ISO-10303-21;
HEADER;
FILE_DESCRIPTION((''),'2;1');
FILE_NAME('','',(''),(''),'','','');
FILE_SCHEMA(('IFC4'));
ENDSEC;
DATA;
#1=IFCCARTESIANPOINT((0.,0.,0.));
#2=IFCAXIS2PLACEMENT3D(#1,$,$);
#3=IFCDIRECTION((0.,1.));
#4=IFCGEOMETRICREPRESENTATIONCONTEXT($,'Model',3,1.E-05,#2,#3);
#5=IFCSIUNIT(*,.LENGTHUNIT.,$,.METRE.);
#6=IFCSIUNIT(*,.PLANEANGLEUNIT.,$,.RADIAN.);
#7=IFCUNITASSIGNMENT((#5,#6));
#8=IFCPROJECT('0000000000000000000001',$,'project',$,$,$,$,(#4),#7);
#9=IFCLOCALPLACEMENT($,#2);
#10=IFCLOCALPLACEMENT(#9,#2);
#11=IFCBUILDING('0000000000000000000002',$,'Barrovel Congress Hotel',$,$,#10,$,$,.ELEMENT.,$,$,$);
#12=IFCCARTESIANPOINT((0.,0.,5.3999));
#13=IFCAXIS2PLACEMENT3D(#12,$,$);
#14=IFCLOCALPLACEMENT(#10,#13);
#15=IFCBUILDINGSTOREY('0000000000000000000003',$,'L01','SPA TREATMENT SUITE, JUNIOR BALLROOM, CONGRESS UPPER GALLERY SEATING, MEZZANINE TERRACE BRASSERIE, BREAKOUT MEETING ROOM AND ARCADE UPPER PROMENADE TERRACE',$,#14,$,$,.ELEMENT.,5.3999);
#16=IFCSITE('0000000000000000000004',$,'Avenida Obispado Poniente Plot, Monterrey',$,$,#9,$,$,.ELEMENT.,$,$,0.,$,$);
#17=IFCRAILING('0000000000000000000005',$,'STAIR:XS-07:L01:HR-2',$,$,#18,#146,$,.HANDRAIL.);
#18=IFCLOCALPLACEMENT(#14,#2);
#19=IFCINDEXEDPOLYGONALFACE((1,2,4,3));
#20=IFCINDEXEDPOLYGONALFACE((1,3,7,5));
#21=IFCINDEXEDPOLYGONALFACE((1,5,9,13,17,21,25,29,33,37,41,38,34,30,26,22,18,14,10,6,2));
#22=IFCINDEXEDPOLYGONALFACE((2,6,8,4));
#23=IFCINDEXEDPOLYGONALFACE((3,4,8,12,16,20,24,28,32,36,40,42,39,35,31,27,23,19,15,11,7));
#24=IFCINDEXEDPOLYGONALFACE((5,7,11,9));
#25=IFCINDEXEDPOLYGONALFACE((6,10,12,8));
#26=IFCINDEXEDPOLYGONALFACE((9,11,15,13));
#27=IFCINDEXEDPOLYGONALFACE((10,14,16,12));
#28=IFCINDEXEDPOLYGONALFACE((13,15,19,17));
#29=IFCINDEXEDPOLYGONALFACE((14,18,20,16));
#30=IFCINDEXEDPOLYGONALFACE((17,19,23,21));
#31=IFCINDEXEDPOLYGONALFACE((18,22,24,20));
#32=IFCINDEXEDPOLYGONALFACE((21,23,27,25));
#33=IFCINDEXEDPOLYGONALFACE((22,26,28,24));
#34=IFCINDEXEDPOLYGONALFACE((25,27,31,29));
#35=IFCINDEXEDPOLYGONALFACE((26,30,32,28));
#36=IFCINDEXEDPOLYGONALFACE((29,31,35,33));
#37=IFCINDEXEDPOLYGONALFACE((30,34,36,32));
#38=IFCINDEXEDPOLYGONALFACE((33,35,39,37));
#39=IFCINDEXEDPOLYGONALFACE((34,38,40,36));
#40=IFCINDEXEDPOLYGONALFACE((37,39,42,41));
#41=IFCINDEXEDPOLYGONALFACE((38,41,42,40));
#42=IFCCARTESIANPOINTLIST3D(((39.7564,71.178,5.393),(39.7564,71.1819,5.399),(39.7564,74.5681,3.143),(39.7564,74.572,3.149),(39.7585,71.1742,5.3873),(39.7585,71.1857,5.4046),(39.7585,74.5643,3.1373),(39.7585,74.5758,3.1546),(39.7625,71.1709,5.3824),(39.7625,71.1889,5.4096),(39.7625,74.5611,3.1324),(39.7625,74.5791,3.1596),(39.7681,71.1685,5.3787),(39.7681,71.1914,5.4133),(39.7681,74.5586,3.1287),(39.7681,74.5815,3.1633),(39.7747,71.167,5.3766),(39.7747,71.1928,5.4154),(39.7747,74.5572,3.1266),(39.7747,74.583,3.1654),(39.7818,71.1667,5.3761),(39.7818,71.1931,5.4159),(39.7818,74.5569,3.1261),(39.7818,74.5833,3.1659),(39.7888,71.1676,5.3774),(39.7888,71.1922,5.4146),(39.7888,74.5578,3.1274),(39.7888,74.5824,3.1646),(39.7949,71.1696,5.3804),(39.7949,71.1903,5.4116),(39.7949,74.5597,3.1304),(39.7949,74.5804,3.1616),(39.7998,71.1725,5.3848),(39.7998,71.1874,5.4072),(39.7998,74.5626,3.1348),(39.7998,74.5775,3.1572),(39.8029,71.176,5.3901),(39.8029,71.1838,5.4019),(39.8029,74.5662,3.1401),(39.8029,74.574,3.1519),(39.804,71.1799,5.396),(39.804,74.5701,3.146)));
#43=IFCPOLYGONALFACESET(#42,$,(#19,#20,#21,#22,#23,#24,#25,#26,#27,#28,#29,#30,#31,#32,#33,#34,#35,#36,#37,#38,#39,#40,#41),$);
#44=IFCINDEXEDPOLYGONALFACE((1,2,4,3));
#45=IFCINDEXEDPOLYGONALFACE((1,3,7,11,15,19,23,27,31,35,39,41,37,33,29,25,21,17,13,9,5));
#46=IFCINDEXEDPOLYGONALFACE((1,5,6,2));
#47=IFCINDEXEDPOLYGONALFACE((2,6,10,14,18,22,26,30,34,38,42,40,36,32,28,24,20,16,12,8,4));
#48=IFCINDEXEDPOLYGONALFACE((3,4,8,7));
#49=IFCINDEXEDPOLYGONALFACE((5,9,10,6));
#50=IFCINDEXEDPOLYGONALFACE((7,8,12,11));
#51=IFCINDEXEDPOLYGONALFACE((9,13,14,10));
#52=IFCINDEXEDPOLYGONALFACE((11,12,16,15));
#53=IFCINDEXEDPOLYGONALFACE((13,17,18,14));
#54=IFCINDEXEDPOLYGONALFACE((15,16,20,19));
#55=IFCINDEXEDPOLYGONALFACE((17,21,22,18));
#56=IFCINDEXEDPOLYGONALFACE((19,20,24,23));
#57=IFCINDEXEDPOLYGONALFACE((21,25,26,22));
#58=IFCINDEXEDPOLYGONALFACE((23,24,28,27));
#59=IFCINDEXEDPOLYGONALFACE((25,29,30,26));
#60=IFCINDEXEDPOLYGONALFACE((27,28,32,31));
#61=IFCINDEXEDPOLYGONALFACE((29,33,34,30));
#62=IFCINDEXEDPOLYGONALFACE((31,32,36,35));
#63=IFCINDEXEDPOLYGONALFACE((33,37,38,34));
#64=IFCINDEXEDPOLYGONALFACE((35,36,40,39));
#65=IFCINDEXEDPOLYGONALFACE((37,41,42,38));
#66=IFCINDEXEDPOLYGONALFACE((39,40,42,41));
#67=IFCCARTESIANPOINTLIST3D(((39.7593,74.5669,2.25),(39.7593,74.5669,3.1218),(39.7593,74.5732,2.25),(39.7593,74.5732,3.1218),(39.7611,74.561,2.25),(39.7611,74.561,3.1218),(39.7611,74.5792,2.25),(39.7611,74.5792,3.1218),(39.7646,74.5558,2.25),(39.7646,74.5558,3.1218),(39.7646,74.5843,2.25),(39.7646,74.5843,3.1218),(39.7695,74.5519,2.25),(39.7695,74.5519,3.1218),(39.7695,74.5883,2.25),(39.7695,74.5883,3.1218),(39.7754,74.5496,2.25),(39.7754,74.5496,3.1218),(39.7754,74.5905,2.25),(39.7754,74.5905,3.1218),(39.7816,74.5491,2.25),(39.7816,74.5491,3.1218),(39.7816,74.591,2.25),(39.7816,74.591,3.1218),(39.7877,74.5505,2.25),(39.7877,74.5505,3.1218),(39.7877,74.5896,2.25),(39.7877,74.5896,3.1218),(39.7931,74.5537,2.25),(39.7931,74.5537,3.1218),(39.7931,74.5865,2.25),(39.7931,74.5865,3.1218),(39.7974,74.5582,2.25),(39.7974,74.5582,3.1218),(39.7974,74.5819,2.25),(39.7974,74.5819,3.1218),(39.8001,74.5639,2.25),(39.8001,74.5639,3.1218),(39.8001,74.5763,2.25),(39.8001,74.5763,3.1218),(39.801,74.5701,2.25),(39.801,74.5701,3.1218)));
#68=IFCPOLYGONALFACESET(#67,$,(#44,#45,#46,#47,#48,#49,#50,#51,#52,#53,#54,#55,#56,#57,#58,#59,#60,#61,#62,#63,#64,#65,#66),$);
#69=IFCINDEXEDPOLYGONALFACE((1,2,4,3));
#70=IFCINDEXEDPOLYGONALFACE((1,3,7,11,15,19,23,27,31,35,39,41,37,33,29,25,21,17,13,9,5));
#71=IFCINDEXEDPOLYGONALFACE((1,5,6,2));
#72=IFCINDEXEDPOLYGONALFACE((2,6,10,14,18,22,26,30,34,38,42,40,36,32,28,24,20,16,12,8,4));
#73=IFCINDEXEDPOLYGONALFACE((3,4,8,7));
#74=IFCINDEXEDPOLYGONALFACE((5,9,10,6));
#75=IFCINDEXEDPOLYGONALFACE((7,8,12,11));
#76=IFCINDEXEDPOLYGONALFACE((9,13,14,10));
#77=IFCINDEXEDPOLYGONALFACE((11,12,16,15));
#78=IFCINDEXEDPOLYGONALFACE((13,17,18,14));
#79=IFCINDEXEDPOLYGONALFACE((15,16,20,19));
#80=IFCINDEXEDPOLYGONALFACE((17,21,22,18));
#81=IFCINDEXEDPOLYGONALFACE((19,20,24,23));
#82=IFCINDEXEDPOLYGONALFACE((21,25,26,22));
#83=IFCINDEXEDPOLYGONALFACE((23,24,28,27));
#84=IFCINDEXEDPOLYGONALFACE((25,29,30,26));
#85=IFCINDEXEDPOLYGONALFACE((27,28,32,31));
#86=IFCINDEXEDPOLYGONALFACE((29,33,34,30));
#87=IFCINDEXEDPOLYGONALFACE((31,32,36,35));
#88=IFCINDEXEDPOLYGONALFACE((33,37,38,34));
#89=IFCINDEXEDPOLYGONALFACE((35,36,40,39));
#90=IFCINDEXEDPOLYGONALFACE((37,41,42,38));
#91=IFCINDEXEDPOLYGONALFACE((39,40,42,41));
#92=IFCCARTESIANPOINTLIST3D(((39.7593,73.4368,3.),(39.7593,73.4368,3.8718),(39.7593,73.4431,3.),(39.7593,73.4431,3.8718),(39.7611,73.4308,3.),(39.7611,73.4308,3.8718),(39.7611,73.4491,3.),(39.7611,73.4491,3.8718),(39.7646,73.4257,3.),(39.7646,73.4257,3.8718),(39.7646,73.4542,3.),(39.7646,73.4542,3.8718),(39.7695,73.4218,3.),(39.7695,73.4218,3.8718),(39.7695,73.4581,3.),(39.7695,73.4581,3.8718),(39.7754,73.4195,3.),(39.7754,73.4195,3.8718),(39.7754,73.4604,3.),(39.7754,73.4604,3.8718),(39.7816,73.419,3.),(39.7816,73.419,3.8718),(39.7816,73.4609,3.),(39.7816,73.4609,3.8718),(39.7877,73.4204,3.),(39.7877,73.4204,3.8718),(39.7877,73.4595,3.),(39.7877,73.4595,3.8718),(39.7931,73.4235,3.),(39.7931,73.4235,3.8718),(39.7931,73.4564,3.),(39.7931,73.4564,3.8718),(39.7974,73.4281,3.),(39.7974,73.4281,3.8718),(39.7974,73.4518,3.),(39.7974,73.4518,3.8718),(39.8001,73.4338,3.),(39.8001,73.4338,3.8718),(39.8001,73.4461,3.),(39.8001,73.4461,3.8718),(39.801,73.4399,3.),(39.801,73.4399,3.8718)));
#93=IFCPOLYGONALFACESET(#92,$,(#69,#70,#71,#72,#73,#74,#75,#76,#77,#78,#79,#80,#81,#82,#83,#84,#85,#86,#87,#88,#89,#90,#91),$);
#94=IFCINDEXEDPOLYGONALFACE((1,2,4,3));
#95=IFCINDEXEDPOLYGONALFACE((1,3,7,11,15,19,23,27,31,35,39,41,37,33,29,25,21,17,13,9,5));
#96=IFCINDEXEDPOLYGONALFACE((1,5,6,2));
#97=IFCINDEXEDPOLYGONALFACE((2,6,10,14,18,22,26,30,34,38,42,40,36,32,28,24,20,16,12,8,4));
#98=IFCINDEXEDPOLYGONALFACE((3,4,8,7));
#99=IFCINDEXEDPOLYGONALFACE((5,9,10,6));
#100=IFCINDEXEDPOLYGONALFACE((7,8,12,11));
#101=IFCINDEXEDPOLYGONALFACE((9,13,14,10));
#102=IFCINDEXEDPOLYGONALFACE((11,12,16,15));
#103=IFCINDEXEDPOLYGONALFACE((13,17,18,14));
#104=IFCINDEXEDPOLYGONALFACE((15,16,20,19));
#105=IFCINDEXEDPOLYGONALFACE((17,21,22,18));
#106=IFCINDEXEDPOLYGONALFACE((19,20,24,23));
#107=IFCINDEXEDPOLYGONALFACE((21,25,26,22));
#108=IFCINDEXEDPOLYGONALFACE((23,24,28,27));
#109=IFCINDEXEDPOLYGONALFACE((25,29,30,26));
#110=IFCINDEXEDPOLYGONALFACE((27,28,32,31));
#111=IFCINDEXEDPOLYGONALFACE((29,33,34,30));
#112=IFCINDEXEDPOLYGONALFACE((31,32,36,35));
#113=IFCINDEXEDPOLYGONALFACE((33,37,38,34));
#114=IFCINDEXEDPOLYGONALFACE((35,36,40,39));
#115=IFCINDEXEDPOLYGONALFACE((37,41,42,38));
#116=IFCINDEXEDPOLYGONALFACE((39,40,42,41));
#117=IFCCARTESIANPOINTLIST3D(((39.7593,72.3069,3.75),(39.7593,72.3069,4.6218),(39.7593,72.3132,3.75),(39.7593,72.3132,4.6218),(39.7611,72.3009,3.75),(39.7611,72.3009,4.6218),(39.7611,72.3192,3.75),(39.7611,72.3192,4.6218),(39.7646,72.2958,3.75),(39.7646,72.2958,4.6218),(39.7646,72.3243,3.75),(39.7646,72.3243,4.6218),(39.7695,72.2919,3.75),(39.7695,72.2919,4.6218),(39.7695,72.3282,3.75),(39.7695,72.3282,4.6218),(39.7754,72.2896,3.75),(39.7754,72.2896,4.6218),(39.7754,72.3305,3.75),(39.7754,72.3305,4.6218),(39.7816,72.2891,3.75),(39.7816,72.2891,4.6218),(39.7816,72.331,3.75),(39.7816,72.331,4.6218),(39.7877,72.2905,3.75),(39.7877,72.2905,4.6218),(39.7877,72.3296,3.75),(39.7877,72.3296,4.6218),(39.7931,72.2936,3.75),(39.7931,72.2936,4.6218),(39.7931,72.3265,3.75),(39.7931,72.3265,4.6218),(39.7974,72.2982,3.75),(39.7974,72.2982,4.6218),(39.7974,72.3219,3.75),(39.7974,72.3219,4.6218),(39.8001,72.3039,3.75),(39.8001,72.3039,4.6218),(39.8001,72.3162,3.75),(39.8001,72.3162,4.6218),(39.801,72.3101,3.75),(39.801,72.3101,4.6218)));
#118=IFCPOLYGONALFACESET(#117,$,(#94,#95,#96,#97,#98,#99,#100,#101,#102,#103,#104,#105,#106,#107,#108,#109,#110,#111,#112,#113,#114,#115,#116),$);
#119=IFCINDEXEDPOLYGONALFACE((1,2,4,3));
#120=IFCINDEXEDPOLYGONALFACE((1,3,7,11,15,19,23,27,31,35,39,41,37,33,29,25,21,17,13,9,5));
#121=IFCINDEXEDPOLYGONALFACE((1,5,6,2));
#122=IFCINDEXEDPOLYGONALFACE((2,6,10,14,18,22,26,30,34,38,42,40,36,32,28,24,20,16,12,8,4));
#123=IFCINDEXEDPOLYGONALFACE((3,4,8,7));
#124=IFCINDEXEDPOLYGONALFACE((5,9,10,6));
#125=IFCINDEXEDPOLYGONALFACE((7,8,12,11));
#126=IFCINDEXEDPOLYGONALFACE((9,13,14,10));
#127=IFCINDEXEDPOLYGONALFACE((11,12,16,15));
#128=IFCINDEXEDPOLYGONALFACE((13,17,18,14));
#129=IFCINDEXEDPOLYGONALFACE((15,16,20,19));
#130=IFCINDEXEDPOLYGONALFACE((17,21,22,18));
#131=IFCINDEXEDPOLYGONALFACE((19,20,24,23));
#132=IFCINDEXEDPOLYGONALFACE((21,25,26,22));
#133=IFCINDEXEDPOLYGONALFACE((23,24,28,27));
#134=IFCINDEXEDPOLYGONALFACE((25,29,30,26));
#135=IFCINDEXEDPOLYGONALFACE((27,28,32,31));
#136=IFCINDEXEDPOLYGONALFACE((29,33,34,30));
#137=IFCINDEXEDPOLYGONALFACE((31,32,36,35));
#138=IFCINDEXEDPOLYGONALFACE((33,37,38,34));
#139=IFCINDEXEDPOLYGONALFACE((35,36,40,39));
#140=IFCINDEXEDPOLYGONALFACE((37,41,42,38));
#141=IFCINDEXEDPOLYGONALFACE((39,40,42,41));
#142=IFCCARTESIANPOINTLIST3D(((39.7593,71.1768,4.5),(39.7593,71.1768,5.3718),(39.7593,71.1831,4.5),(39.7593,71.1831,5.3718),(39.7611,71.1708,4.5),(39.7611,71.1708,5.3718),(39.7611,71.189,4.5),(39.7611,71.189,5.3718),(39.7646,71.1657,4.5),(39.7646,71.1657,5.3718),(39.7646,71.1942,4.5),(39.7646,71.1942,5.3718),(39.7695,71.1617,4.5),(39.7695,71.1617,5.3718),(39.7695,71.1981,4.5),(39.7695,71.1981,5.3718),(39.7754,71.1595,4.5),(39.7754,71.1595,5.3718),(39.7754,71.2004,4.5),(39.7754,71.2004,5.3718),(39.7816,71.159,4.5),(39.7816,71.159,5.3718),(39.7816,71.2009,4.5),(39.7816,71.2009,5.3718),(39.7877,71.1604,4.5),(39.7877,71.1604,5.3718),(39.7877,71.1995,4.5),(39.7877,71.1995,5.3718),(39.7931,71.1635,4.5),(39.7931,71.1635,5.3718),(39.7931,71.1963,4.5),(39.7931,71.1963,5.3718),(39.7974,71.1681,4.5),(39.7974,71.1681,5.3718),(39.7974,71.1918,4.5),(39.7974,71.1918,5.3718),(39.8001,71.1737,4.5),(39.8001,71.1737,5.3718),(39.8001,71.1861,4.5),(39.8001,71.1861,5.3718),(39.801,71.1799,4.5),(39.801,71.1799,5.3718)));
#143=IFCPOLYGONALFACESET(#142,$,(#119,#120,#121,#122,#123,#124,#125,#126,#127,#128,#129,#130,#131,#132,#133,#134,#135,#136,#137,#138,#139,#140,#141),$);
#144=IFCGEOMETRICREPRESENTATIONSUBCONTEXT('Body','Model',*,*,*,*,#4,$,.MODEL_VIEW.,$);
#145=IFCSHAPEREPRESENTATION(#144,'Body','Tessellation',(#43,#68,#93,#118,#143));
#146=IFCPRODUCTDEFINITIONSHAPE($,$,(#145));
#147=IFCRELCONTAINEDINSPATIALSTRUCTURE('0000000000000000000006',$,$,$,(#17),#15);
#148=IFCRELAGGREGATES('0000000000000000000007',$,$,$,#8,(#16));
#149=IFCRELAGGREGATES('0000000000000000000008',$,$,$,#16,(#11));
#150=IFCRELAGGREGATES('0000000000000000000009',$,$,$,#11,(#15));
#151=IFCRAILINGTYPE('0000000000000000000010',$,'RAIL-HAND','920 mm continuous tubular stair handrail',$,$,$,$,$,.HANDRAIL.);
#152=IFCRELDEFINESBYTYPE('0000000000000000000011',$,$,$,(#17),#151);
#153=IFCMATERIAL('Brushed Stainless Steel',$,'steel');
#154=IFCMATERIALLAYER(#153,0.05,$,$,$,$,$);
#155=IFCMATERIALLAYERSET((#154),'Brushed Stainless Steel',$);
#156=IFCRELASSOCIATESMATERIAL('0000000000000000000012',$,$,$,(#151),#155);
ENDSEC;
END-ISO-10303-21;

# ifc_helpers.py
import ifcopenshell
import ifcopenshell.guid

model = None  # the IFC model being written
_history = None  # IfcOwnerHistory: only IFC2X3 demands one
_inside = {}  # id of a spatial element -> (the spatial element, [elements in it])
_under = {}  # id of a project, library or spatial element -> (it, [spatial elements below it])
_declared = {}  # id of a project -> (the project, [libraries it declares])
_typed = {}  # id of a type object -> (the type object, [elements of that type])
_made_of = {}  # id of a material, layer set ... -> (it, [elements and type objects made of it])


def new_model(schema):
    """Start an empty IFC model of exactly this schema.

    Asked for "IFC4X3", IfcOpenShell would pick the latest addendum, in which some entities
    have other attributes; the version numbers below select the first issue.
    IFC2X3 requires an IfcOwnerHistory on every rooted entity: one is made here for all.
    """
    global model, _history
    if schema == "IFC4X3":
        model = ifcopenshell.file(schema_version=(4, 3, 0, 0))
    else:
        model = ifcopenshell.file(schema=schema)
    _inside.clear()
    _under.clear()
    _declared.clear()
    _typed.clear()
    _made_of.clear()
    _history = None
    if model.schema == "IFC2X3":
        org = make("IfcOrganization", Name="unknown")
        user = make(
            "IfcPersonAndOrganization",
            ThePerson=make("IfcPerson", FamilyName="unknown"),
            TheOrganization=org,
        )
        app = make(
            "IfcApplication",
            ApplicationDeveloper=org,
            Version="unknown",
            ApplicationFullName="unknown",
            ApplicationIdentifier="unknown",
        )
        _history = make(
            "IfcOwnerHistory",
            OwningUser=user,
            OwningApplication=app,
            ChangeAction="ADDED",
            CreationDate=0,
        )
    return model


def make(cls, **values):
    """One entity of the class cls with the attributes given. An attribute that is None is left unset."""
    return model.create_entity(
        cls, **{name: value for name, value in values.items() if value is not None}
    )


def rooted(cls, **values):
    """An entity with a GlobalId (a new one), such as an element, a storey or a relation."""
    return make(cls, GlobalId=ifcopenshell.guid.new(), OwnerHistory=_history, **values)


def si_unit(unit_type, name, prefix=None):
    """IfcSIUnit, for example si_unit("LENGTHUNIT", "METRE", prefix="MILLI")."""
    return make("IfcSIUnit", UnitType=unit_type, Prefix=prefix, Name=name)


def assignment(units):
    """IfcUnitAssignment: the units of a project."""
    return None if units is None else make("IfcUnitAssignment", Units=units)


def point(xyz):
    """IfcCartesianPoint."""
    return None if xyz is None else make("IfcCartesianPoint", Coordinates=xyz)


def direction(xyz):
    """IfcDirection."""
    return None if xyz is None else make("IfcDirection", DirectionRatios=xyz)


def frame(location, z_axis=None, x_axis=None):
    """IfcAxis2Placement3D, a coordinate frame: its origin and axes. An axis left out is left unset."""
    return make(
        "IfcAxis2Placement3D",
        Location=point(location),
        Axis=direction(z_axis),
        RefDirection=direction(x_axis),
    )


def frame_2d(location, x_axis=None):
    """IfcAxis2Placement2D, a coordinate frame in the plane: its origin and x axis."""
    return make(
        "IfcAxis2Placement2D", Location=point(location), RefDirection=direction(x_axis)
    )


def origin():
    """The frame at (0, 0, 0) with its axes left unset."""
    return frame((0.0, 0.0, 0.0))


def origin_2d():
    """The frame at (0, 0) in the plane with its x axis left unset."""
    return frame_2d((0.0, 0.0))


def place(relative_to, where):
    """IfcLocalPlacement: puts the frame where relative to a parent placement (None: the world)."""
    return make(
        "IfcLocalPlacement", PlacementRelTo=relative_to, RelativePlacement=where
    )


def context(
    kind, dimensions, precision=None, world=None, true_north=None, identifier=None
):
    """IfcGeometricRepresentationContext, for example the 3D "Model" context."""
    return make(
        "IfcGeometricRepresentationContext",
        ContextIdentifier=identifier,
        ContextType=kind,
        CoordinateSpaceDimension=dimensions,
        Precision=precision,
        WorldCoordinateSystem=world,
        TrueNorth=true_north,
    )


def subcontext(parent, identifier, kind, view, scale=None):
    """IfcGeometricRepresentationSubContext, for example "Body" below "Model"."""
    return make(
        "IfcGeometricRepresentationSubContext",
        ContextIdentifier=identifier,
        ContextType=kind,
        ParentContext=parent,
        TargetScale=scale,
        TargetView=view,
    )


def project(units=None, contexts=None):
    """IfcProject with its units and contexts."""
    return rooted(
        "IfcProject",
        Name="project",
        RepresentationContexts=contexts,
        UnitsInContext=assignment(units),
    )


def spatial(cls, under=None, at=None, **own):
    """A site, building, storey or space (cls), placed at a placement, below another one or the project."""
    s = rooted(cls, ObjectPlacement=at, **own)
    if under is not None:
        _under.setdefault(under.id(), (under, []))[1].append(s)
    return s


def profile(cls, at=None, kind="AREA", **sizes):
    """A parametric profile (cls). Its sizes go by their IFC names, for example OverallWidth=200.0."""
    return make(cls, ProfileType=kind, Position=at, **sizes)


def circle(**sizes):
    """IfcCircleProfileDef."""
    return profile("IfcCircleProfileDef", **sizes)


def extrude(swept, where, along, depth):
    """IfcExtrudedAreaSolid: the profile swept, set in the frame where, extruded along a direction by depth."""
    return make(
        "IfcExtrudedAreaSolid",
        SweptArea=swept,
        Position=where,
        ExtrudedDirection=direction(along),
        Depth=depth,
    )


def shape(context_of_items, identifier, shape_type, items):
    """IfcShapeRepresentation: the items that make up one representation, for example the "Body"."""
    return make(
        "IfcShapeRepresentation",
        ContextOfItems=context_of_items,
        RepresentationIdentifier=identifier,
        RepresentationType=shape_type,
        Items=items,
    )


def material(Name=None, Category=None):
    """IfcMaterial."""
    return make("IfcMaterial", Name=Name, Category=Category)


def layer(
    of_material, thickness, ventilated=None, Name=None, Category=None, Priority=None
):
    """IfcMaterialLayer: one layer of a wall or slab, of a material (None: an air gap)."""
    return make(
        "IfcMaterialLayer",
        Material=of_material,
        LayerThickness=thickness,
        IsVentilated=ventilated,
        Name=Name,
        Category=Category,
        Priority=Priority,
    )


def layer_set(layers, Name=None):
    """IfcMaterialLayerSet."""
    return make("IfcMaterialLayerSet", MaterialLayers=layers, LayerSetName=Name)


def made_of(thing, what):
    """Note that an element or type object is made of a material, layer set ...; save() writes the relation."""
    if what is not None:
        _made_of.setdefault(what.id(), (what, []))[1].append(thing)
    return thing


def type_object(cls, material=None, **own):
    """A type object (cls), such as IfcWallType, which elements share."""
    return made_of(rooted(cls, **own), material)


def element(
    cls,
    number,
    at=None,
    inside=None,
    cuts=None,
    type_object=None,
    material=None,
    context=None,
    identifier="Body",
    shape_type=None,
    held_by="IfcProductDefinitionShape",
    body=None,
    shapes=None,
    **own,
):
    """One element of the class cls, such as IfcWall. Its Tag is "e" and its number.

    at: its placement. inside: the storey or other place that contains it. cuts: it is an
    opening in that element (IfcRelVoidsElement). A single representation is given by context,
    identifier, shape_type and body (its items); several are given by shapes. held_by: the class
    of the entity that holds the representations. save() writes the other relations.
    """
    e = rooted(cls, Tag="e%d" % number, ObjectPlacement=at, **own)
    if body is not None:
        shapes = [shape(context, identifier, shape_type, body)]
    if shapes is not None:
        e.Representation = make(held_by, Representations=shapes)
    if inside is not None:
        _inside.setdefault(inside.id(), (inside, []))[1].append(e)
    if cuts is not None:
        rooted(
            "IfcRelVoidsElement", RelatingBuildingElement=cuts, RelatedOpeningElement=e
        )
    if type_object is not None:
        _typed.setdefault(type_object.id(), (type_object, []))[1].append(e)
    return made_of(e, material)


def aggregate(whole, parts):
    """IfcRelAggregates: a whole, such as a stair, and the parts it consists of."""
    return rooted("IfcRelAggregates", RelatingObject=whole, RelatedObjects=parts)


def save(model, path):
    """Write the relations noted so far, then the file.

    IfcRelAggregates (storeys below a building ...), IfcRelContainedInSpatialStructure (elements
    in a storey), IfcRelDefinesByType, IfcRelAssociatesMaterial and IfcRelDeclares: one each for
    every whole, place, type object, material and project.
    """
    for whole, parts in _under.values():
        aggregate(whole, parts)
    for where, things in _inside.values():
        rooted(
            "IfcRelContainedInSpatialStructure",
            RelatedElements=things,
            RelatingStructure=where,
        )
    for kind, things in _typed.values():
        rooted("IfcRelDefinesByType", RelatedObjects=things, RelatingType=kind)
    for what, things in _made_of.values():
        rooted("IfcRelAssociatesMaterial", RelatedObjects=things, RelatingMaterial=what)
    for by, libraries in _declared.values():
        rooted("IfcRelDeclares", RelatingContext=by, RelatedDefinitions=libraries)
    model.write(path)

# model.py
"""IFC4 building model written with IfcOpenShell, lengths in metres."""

from ifc_helpers import new_model, si_unit, direction, frame, origin, origin_2d, place, context, subcontext, project, spatial, circle, extrude, material, layer, layer_set, type_object, element, save


model = new_model("IFC4")

# Units and contexts
model_context = context("Model", 3, precision=1e-05, world=origin(), true_north=direction((0.0, 1.0)))
body_context = subcontext(model_context, "Body", "Model", "MODEL_VIEW")
ifc_project = project(units=[si_unit("LENGTHUNIT", "METRE"), si_unit("PLANEANGLEUNIT", "RADIAN")], contexts=[model_context])

# Site, building, storey
site_placement = place(None, origin())
site = spatial("IfcSite", under=ifc_project, at=site_placement, Name="Avenida Obispado Poniente Plot, Monterrey", CompositionType="ELEMENT", RefElevation=0.0)
building_placement = place(site_placement, origin())
building = spatial("IfcBuilding", under=site, at=building_placement, Name="Barrovel Congress Hotel", CompositionType="ELEMENT")
storey_placement = place(building_placement, frame((0.0, 0.0, 5.3999)))
storey = spatial("IfcBuildingStorey", under=building, at=storey_placement, Name="L01", Description="SPA TREATMENT SUITE, JUNIOR BALLROOM, CONGRESS UPPER GALLERY SEATING, MEZZANINE TERRACE BRASSERIE, BREAKOUT MEETING ROOM AND ARCADE UPPER PROMENADE TERRACE", CompositionType="ELEMENT", Elevation=5.3999)

# Railing
ifc_material_1 = material(Name="Brushed Stainless Steel", Category="steel")
ifc_layer_1 = layer(ifc_material_1, 0.05)
ifc_layer_set_1 = layer_set([ifc_layer_1], Name="Brushed Stainless Steel")
railing_type_1 = type_object("IfcRailingType", Name="RAIL-HAND", Description="920 mm continuous tubular stair handrail", PredefinedType="HANDRAIL", material=ifc_layer_set_1)
railing_1_placement = place(storey_placement, frame((39.78, 74.5701, 2.25)))
element("IfcRailing", 1, at=railing_1_placement, inside=storey, type_object=railing_type_1, Name="STAIR:XS-07:L01:HR-2", PredefinedType="HANDRAIL", context=body_context, shape_type="SweptSolid", body=[
    extrude(circle(Radius=0.0239, at=origin_2d()), frame((0.0, 0.0, 0.896), z_axis=(0.0, -0.833193, 0.552982), x_axis=(1.0, 0.0, 0.0)), (0.0, 0.0, 1.0), 4.0688),
    extrude(circle(Radius=0.021, at=origin_2d()), origin(), (0.0, 0.0, 1.0), 0.8718),
    extrude(circle(Radius=0.021, at=origin_2d()), frame((0.0, -1.1301, 0.75)), (0.0, 0.0, 1.0), 0.8718),
    extrude(circle(Radius=0.021, at=origin_2d()), frame((0.0, -2.26, 1.5)), (0.0, 0.0, 1.0), 0.8718),
    extrude(circle(Radius=0.021, at=origin_2d()), frame((0.0, -3.3901, 2.25)), (0.0, 0.0, 1.0), 0.8718),
])

save(model, "model.ifc")
